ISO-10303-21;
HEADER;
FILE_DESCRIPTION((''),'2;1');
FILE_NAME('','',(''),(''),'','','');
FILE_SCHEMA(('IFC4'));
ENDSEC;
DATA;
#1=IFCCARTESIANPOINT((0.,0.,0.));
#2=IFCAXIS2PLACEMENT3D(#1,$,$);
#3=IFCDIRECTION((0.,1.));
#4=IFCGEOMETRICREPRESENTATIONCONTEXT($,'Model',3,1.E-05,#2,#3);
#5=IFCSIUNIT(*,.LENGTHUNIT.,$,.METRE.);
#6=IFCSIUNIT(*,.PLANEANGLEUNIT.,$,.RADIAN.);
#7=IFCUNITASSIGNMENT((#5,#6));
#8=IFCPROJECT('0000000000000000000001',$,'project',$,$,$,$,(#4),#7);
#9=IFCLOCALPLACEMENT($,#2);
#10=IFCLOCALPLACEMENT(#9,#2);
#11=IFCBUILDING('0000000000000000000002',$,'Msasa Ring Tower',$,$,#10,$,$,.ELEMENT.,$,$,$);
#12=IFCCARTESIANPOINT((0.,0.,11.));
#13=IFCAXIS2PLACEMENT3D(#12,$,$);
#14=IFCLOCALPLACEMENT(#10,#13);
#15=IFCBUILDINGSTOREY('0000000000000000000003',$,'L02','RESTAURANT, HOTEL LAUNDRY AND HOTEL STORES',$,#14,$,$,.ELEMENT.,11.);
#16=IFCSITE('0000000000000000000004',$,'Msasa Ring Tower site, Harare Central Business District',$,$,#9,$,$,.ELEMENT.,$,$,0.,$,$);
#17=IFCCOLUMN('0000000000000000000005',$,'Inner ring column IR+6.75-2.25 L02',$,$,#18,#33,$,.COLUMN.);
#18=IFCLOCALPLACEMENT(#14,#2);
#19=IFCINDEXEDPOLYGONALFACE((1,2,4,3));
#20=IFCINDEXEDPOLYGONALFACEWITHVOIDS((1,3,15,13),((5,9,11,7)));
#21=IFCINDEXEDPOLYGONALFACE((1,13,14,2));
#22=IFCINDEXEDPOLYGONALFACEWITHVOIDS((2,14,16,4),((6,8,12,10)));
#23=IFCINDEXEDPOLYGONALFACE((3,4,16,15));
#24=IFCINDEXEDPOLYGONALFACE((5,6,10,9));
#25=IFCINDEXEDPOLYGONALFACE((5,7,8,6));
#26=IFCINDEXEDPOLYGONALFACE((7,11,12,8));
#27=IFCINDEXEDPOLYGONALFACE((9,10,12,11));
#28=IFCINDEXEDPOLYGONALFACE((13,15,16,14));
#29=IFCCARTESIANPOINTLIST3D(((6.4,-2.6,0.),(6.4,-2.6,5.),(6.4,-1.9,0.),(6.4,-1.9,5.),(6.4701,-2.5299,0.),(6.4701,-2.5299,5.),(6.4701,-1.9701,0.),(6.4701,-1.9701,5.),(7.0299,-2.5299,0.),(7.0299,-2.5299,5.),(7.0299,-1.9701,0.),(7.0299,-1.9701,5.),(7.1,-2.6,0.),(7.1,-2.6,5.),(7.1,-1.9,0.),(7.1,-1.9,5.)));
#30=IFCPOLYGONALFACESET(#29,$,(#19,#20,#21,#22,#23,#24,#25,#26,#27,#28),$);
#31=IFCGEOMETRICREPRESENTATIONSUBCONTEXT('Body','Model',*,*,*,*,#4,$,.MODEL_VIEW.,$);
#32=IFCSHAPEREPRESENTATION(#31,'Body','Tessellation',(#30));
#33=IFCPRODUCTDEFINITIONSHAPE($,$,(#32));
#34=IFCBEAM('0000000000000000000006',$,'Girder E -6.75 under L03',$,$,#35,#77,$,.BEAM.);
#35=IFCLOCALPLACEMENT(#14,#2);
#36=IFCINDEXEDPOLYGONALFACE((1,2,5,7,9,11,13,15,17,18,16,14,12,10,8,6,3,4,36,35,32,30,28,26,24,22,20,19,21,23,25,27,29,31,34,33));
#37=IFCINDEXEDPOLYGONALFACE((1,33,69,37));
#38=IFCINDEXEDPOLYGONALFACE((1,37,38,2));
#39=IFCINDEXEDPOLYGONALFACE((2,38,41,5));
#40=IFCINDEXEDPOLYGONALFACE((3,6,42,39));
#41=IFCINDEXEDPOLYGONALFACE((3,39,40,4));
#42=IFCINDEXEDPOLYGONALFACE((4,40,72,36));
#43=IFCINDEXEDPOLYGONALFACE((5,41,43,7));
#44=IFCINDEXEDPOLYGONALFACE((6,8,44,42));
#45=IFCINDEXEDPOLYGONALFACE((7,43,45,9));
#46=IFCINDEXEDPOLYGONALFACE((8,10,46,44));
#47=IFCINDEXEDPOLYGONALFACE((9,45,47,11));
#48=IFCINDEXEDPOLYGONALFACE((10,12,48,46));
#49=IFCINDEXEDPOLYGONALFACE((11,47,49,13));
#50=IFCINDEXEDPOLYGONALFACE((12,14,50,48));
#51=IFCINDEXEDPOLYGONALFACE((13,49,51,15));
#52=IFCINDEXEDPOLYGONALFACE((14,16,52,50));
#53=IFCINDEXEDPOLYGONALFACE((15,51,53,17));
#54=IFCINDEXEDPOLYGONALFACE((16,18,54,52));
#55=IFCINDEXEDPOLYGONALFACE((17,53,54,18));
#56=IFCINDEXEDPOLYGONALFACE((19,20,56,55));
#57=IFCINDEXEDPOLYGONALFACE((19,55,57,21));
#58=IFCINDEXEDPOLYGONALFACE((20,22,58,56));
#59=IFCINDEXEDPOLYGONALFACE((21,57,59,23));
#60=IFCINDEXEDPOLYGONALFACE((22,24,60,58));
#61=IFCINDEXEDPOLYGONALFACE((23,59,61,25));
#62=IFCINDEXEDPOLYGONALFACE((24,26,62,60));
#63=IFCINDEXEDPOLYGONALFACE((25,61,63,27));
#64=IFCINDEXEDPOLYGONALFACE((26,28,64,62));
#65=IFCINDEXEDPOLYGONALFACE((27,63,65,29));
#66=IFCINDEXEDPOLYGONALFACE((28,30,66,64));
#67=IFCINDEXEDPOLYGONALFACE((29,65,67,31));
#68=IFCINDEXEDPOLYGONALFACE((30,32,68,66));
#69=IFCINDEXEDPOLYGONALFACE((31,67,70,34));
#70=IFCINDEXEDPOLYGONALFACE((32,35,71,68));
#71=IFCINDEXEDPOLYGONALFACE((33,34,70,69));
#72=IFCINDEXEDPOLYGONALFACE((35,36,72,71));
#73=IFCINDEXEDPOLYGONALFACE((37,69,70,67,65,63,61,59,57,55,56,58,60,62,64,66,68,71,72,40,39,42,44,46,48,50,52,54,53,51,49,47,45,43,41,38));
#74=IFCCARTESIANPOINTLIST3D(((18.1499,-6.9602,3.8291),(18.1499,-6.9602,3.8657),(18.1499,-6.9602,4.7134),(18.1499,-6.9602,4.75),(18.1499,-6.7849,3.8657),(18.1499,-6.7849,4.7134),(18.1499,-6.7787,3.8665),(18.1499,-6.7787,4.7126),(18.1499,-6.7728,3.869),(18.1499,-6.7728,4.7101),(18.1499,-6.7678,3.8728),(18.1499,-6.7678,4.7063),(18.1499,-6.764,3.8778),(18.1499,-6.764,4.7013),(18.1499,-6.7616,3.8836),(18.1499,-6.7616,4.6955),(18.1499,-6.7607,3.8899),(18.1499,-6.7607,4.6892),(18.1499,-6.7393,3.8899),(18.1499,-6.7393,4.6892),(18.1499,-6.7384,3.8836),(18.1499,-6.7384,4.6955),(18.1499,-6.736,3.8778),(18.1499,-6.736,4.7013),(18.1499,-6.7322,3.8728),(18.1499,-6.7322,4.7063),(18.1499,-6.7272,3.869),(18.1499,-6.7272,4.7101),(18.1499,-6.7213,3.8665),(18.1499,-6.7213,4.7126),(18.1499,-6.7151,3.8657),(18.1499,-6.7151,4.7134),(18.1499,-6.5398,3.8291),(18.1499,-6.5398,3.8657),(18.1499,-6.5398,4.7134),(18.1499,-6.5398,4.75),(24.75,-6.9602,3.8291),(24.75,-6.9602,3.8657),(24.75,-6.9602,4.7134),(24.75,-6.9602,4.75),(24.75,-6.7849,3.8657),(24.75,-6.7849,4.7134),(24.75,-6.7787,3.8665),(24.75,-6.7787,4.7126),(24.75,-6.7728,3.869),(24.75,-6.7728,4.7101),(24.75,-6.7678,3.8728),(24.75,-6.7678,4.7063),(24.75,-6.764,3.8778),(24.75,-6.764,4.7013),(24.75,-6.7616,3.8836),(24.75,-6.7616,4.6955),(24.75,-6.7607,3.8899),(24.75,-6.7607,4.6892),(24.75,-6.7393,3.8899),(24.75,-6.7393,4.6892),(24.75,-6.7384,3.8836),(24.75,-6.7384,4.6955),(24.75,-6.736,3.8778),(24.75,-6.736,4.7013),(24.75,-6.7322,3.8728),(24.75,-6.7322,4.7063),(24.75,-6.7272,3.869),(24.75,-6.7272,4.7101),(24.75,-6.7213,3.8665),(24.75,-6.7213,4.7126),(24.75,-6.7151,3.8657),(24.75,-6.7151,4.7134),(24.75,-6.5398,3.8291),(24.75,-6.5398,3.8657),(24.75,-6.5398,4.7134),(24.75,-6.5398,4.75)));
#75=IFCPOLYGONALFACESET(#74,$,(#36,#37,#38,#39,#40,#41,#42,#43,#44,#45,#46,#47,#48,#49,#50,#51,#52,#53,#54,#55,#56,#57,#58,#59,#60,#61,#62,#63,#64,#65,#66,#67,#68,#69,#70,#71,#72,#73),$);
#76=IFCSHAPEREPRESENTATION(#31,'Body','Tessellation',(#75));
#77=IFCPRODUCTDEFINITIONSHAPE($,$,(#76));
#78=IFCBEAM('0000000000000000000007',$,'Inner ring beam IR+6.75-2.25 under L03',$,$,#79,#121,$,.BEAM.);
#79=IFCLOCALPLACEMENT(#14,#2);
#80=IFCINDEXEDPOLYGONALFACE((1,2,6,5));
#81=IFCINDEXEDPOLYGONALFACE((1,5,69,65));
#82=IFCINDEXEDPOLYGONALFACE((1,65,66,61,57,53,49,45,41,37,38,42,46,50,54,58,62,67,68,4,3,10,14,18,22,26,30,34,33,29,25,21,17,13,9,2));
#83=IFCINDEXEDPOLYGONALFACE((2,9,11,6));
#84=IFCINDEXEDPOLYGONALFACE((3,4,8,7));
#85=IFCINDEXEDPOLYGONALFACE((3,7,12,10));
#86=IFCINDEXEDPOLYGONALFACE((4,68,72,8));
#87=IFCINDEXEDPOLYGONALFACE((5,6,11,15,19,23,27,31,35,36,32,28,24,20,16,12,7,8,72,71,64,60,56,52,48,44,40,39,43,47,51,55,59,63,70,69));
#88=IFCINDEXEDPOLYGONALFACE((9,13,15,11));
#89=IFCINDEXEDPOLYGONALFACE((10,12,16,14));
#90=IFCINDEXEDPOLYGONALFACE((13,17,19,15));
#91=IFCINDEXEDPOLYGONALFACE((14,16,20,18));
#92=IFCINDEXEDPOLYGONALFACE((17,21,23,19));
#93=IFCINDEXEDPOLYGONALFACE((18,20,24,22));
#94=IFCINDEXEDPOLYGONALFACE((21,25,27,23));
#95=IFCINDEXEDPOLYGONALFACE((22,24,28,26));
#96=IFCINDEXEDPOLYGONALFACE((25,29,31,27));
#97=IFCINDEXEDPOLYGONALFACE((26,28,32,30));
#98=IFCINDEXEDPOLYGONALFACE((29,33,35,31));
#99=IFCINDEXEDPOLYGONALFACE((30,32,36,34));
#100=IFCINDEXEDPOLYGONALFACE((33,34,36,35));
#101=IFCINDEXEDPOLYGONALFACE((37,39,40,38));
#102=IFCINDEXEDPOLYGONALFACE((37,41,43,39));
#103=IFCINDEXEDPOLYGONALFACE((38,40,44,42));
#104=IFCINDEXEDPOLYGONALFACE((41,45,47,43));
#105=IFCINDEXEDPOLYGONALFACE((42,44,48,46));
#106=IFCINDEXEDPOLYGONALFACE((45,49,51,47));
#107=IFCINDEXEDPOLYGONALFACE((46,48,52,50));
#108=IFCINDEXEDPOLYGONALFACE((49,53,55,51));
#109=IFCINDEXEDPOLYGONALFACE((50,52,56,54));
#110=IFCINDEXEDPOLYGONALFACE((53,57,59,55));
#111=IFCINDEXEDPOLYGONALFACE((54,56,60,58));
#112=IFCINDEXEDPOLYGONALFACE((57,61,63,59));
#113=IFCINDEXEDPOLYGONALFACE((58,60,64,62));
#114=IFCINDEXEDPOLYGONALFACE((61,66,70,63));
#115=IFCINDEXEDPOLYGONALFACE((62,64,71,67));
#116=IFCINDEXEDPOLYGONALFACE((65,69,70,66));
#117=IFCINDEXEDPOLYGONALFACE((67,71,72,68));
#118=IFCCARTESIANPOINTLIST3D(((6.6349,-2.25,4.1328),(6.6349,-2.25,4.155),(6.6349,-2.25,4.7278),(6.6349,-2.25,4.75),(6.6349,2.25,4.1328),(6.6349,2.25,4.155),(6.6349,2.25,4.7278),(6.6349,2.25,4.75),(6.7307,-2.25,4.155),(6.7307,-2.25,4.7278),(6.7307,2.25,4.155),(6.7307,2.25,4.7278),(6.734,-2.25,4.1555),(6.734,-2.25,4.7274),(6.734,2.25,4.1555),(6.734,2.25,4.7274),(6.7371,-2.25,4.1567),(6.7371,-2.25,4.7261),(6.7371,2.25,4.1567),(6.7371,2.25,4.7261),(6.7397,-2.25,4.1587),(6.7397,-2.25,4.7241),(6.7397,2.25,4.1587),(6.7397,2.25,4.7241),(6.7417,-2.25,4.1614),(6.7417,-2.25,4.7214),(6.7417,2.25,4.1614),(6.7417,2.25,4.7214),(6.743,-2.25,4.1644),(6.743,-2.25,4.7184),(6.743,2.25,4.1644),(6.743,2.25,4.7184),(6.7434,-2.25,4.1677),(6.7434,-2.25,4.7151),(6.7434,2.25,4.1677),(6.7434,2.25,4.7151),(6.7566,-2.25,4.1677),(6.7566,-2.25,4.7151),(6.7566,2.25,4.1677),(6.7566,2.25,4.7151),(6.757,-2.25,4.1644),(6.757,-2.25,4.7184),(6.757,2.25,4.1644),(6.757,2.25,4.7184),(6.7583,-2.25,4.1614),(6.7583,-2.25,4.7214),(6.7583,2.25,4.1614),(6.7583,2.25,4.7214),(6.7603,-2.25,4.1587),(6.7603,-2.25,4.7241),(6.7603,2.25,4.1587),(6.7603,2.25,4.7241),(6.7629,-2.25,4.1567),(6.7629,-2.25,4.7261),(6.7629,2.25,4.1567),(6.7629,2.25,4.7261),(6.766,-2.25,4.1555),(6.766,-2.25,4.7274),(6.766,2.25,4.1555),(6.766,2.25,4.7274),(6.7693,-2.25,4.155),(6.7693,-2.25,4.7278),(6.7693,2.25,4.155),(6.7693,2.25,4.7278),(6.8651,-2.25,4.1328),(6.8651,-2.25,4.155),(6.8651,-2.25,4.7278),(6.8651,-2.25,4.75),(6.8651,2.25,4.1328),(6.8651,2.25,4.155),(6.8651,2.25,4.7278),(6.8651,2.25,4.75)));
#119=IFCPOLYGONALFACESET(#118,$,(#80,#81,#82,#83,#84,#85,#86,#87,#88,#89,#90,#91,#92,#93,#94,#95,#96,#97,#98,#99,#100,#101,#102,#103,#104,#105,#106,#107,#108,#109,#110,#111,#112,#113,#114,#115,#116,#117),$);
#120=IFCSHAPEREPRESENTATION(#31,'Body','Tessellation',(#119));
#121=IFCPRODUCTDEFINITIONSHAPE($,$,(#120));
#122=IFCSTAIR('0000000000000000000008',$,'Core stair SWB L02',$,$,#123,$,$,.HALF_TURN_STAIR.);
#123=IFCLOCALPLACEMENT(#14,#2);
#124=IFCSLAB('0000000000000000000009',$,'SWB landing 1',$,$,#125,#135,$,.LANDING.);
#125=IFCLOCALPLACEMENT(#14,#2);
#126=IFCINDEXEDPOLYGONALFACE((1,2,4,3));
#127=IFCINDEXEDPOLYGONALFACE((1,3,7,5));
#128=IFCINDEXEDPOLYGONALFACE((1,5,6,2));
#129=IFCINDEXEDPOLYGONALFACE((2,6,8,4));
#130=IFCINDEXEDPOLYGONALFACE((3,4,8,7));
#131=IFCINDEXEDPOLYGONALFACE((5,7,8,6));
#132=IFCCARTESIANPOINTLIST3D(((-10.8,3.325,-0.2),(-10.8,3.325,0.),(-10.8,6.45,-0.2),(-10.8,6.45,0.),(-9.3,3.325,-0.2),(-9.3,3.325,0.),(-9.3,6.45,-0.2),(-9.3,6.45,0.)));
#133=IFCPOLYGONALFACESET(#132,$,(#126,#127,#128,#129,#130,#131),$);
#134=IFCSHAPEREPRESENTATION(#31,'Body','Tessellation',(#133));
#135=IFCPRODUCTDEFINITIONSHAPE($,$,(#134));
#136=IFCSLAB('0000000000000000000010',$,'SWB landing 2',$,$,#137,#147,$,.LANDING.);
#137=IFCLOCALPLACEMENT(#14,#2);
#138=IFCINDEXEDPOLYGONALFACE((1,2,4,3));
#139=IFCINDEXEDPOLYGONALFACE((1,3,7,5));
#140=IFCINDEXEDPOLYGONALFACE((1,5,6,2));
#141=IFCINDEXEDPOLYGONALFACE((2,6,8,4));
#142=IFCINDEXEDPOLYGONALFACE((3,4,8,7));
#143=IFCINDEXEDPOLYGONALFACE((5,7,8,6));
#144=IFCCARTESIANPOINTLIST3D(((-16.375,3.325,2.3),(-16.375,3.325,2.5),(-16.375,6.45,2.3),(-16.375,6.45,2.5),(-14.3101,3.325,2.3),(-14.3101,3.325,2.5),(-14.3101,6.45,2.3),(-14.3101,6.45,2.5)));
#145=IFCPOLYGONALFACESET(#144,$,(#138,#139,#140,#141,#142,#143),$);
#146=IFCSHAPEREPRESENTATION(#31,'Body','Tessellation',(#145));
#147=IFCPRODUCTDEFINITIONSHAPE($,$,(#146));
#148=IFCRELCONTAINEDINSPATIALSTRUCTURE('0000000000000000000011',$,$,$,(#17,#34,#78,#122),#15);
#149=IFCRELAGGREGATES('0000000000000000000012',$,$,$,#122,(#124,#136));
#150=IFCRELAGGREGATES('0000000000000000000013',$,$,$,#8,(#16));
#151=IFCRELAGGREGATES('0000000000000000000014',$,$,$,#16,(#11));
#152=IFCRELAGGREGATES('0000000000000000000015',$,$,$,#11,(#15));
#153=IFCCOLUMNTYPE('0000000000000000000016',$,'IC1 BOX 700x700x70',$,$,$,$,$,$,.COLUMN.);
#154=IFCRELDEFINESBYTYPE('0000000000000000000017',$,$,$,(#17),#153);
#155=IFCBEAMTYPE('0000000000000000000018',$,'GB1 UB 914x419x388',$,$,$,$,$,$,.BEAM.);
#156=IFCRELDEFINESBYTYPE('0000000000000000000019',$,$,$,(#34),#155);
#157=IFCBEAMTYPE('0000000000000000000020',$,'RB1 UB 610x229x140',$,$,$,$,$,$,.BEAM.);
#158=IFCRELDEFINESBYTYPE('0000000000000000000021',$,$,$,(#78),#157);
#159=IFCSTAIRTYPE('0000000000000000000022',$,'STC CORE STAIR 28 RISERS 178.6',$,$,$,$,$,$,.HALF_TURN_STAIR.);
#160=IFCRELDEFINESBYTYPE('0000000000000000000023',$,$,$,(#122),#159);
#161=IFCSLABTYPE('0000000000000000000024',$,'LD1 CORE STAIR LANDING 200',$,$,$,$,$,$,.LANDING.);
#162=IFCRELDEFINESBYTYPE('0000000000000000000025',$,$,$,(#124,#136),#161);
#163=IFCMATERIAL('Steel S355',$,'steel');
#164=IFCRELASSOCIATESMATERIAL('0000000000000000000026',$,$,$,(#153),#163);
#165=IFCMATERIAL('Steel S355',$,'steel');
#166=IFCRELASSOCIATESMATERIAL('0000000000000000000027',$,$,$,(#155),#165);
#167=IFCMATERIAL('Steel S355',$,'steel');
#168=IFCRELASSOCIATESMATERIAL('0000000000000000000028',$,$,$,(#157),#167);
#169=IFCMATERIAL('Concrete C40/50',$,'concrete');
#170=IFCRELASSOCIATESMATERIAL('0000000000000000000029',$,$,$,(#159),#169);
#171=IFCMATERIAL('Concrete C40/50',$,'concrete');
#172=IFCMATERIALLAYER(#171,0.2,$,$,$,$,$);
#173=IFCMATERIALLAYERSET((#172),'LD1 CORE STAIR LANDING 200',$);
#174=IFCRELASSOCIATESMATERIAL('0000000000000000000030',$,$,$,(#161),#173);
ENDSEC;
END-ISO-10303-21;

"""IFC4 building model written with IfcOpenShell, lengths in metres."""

from ifc_helpers import new_model, si_unit, direction, frame, origin, origin_2d, place, context, subcontext, project, spatial, polyline, hollow_rectangle, i_section, outline, extrude, material, layer, layer_set, material_profile, profile_set, type_object, element, aggregate, save


model = new_model("IFC4")

# Units and contexts
model_context = context("Model", 3, precision=1e-05, world=origin(), true_north=direction((0.0, 1.0)))
body_context = subcontext(model_context, "Body", "Model", "MODEL_VIEW")
ifc_project = project(units=[si_unit("LENGTHUNIT", "METRE"), si_unit("PLANEANGLEUNIT", "RADIAN")], contexts=[model_context])

# Site, building, storey
site_placement = place(None, origin())
site = spatial("IfcSite", under=ifc_project, at=site_placement, Name="Msasa Ring Tower site, Harare Central Business District", CompositionType="ELEMENT", RefElevation=0.0)
building_placement = place(site_placement, origin())
building = spatial("IfcBuilding", under=site, at=building_placement, Name="Msasa Ring Tower", CompositionType="ELEMENT")
storey_placement = place(building_placement, frame((0.0, 0.0, 11.0)))
storey = spatial("IfcBuildingStorey", under=building, at=storey_placement, Name="L02", Description="RESTAURANT, HOTEL LAUNDRY AND HOTEL STORES", CompositionType="ELEMENT", Elevation=11.0)

# Column
ifc_material_1 = material(Name="Steel S355", Category="steel")
ifc_material_profile_1 = material_profile(ifc_material_1, hollow_rectangle(XDim=0.7, YDim=0.7, WallThickness=0.0701, at=origin_2d()), Name="BOX 700x700x70")
ifc_profile_set_1 = profile_set([ifc_material_profile_1], Name="Steel S355")
column_type = type_object("IfcColumnType", Name="IC1 BOX 700x700x70", PredefinedType="COLUMN", material=ifc_profile_set_1)
column_placement = place(storey_placement, frame((6.75, -2.25, 0.0), z_axis=(0.0, 0.0, 1.0), x_axis=(1.0, 0.0, 0.0)))
element("IfcColumn", 1, at=column_placement, inside=storey, type_object=column_type, Name="Inner ring column IR+6.75-2.25 L02", PredefinedType="COLUMN", context=body_context, shape_type="SweptSolid", body=[
    extrude(hollow_rectangle(XDim=0.7, YDim=0.7, WallThickness=0.0701, at=origin_2d()), origin(), (0.0, 0.0, 1.0), 5.0),
])

# Beams
ifc_material_2 = material(Name="Steel S355", Category="steel")
ifc_material_profile_2 = material_profile(ifc_material_2, i_section(OverallWidth=0.4204, OverallDepth=0.9209, WebThickness=0.0215, FlangeThickness=0.0366, FilletRadius=0.0242, at=origin_2d()), Name="UB 914x419x388")
ifc_profile_set_2 = profile_set([ifc_material_profile_2], Name="Steel S355")
beam_type_1 = type_object("IfcBeamType", Name="GB1 UB 914x419x388", PredefinedType="BEAM", material=ifc_profile_set_2)
beam_1_placement = place(storey_placement, frame((18.1499, -6.75, 4.2896), z_axis=(1.0, 0.0, 0.0), x_axis=(0.0, 1.0, 0.0)))
element("IfcBeam", 2, at=beam_1_placement, inside=storey, type_object=beam_type_1, Name="Girder E -6.75 under L03", PredefinedType="BEAM", context=body_context, shape_type="SweptSolid", body=[
    extrude(i_section(OverallWidth=0.4204, OverallDepth=0.9209, WebThickness=0.0215, FlangeThickness=0.0366, FilletRadius=0.0242, at=origin_2d()), origin(), (0.0, 0.0, 1.0), 6.6001),
])
ifc_material_3 = material(Name="Steel S355", Category="steel")
ifc_material_profile_3 = material_profile(ifc_material_3, i_section(OverallWidth=0.2302, OverallDepth=0.6172, WebThickness=0.0132, FlangeThickness=0.0222, FilletRadius=0.0127, at=origin_2d()), Name="UB 610x229x140")
ifc_profile_set_3 = profile_set([ifc_material_profile_3], Name="Steel S355")
beam_type_2 = type_object("IfcBeamType", Name="RB1 UB 610x229x140", PredefinedType="BEAM", material=ifc_profile_set_3)
beam_2_placement = place(storey_placement, frame((6.75, -2.25, 4.4414), z_axis=(0.0, 1.0, 0.0), x_axis=(-1.0, 0.0, 0.0)))
element("IfcBeam", 3, at=beam_2_placement, inside=storey, type_object=beam_type_2, Name="Inner ring beam IR+6.75-2.25 under L03", PredefinedType="BEAM", context=body_context, shape_type="SweptSolid", body=[
    extrude(i_section(OverallWidth=0.2302, OverallDepth=0.6172, WebThickness=0.0132, FlangeThickness=0.0222, FilletRadius=0.0127, at=origin_2d()), origin(), (0.0, 0.0, 1.0), 4.5),
])

# Stair, slabs
ifc_material_4 = material(Name="Concrete C40/50", Category="concrete")
stair_type = type_object("IfcStairType", Name="STC CORE STAIR 28 RISERS 178.6", PredefinedType="HALF_TURN_STAIR", material=ifc_material_4)
stair_1_placement = place(storey_placement, origin())
stair_1 = element("IfcStair", 4, at=stair_1_placement, inside=storey, type_object=stair_type, Name="Core stair SWB L02", PredefinedType="HALF_TURN_STAIR")
ifc_material_5 = material(Name="Concrete C40/50", Category="concrete")
ifc_layer_1 = layer(ifc_material_5, 0.2)
ifc_layer_set_1 = layer_set([ifc_layer_1], Name="LD1 CORE STAIR LANDING 200")
slab_type = type_object("IfcSlabType", Name="LD1 CORE STAIR LANDING 200", PredefinedType="LANDING", material=ifc_layer_set_1)
slab_1_placement = place(storey_placement, frame((0.0, 0.0, -0.2)))
slab_1 = element("IfcSlab", 5, at=slab_1_placement, type_object=slab_type, Name="SWB landing 1", PredefinedType="LANDING", context=body_context, shape_type="SweptSolid", body=[
    extrude(outline(polyline([(-10.8, 3.325), (-9.3, 3.325), (-9.3, 6.45), (-10.8, 6.45), (-10.8, 3.325)])), origin(), (0.0, 0.0, 1.0), 0.2),
])
slab_2_placement = place(storey_placement, frame((0.0, 0.0, 2.3)))
slab_2 = element("IfcSlab", 6, at=slab_2_placement, type_object=slab_type, Name="SWB landing 2", PredefinedType="LANDING", context=body_context, shape_type="SweptSolid", body=[
    extrude(outline(polyline([(-16.375, 3.325), (-14.3101, 3.325), (-14.3101, 6.45), (-16.375, 6.45), (-16.375, 3.325)])), origin(), (0.0, 0.0, 1.0), 0.2),
])
aggregate(stair_1, [slab_1, slab_2])

save(model, "model.ifc")
